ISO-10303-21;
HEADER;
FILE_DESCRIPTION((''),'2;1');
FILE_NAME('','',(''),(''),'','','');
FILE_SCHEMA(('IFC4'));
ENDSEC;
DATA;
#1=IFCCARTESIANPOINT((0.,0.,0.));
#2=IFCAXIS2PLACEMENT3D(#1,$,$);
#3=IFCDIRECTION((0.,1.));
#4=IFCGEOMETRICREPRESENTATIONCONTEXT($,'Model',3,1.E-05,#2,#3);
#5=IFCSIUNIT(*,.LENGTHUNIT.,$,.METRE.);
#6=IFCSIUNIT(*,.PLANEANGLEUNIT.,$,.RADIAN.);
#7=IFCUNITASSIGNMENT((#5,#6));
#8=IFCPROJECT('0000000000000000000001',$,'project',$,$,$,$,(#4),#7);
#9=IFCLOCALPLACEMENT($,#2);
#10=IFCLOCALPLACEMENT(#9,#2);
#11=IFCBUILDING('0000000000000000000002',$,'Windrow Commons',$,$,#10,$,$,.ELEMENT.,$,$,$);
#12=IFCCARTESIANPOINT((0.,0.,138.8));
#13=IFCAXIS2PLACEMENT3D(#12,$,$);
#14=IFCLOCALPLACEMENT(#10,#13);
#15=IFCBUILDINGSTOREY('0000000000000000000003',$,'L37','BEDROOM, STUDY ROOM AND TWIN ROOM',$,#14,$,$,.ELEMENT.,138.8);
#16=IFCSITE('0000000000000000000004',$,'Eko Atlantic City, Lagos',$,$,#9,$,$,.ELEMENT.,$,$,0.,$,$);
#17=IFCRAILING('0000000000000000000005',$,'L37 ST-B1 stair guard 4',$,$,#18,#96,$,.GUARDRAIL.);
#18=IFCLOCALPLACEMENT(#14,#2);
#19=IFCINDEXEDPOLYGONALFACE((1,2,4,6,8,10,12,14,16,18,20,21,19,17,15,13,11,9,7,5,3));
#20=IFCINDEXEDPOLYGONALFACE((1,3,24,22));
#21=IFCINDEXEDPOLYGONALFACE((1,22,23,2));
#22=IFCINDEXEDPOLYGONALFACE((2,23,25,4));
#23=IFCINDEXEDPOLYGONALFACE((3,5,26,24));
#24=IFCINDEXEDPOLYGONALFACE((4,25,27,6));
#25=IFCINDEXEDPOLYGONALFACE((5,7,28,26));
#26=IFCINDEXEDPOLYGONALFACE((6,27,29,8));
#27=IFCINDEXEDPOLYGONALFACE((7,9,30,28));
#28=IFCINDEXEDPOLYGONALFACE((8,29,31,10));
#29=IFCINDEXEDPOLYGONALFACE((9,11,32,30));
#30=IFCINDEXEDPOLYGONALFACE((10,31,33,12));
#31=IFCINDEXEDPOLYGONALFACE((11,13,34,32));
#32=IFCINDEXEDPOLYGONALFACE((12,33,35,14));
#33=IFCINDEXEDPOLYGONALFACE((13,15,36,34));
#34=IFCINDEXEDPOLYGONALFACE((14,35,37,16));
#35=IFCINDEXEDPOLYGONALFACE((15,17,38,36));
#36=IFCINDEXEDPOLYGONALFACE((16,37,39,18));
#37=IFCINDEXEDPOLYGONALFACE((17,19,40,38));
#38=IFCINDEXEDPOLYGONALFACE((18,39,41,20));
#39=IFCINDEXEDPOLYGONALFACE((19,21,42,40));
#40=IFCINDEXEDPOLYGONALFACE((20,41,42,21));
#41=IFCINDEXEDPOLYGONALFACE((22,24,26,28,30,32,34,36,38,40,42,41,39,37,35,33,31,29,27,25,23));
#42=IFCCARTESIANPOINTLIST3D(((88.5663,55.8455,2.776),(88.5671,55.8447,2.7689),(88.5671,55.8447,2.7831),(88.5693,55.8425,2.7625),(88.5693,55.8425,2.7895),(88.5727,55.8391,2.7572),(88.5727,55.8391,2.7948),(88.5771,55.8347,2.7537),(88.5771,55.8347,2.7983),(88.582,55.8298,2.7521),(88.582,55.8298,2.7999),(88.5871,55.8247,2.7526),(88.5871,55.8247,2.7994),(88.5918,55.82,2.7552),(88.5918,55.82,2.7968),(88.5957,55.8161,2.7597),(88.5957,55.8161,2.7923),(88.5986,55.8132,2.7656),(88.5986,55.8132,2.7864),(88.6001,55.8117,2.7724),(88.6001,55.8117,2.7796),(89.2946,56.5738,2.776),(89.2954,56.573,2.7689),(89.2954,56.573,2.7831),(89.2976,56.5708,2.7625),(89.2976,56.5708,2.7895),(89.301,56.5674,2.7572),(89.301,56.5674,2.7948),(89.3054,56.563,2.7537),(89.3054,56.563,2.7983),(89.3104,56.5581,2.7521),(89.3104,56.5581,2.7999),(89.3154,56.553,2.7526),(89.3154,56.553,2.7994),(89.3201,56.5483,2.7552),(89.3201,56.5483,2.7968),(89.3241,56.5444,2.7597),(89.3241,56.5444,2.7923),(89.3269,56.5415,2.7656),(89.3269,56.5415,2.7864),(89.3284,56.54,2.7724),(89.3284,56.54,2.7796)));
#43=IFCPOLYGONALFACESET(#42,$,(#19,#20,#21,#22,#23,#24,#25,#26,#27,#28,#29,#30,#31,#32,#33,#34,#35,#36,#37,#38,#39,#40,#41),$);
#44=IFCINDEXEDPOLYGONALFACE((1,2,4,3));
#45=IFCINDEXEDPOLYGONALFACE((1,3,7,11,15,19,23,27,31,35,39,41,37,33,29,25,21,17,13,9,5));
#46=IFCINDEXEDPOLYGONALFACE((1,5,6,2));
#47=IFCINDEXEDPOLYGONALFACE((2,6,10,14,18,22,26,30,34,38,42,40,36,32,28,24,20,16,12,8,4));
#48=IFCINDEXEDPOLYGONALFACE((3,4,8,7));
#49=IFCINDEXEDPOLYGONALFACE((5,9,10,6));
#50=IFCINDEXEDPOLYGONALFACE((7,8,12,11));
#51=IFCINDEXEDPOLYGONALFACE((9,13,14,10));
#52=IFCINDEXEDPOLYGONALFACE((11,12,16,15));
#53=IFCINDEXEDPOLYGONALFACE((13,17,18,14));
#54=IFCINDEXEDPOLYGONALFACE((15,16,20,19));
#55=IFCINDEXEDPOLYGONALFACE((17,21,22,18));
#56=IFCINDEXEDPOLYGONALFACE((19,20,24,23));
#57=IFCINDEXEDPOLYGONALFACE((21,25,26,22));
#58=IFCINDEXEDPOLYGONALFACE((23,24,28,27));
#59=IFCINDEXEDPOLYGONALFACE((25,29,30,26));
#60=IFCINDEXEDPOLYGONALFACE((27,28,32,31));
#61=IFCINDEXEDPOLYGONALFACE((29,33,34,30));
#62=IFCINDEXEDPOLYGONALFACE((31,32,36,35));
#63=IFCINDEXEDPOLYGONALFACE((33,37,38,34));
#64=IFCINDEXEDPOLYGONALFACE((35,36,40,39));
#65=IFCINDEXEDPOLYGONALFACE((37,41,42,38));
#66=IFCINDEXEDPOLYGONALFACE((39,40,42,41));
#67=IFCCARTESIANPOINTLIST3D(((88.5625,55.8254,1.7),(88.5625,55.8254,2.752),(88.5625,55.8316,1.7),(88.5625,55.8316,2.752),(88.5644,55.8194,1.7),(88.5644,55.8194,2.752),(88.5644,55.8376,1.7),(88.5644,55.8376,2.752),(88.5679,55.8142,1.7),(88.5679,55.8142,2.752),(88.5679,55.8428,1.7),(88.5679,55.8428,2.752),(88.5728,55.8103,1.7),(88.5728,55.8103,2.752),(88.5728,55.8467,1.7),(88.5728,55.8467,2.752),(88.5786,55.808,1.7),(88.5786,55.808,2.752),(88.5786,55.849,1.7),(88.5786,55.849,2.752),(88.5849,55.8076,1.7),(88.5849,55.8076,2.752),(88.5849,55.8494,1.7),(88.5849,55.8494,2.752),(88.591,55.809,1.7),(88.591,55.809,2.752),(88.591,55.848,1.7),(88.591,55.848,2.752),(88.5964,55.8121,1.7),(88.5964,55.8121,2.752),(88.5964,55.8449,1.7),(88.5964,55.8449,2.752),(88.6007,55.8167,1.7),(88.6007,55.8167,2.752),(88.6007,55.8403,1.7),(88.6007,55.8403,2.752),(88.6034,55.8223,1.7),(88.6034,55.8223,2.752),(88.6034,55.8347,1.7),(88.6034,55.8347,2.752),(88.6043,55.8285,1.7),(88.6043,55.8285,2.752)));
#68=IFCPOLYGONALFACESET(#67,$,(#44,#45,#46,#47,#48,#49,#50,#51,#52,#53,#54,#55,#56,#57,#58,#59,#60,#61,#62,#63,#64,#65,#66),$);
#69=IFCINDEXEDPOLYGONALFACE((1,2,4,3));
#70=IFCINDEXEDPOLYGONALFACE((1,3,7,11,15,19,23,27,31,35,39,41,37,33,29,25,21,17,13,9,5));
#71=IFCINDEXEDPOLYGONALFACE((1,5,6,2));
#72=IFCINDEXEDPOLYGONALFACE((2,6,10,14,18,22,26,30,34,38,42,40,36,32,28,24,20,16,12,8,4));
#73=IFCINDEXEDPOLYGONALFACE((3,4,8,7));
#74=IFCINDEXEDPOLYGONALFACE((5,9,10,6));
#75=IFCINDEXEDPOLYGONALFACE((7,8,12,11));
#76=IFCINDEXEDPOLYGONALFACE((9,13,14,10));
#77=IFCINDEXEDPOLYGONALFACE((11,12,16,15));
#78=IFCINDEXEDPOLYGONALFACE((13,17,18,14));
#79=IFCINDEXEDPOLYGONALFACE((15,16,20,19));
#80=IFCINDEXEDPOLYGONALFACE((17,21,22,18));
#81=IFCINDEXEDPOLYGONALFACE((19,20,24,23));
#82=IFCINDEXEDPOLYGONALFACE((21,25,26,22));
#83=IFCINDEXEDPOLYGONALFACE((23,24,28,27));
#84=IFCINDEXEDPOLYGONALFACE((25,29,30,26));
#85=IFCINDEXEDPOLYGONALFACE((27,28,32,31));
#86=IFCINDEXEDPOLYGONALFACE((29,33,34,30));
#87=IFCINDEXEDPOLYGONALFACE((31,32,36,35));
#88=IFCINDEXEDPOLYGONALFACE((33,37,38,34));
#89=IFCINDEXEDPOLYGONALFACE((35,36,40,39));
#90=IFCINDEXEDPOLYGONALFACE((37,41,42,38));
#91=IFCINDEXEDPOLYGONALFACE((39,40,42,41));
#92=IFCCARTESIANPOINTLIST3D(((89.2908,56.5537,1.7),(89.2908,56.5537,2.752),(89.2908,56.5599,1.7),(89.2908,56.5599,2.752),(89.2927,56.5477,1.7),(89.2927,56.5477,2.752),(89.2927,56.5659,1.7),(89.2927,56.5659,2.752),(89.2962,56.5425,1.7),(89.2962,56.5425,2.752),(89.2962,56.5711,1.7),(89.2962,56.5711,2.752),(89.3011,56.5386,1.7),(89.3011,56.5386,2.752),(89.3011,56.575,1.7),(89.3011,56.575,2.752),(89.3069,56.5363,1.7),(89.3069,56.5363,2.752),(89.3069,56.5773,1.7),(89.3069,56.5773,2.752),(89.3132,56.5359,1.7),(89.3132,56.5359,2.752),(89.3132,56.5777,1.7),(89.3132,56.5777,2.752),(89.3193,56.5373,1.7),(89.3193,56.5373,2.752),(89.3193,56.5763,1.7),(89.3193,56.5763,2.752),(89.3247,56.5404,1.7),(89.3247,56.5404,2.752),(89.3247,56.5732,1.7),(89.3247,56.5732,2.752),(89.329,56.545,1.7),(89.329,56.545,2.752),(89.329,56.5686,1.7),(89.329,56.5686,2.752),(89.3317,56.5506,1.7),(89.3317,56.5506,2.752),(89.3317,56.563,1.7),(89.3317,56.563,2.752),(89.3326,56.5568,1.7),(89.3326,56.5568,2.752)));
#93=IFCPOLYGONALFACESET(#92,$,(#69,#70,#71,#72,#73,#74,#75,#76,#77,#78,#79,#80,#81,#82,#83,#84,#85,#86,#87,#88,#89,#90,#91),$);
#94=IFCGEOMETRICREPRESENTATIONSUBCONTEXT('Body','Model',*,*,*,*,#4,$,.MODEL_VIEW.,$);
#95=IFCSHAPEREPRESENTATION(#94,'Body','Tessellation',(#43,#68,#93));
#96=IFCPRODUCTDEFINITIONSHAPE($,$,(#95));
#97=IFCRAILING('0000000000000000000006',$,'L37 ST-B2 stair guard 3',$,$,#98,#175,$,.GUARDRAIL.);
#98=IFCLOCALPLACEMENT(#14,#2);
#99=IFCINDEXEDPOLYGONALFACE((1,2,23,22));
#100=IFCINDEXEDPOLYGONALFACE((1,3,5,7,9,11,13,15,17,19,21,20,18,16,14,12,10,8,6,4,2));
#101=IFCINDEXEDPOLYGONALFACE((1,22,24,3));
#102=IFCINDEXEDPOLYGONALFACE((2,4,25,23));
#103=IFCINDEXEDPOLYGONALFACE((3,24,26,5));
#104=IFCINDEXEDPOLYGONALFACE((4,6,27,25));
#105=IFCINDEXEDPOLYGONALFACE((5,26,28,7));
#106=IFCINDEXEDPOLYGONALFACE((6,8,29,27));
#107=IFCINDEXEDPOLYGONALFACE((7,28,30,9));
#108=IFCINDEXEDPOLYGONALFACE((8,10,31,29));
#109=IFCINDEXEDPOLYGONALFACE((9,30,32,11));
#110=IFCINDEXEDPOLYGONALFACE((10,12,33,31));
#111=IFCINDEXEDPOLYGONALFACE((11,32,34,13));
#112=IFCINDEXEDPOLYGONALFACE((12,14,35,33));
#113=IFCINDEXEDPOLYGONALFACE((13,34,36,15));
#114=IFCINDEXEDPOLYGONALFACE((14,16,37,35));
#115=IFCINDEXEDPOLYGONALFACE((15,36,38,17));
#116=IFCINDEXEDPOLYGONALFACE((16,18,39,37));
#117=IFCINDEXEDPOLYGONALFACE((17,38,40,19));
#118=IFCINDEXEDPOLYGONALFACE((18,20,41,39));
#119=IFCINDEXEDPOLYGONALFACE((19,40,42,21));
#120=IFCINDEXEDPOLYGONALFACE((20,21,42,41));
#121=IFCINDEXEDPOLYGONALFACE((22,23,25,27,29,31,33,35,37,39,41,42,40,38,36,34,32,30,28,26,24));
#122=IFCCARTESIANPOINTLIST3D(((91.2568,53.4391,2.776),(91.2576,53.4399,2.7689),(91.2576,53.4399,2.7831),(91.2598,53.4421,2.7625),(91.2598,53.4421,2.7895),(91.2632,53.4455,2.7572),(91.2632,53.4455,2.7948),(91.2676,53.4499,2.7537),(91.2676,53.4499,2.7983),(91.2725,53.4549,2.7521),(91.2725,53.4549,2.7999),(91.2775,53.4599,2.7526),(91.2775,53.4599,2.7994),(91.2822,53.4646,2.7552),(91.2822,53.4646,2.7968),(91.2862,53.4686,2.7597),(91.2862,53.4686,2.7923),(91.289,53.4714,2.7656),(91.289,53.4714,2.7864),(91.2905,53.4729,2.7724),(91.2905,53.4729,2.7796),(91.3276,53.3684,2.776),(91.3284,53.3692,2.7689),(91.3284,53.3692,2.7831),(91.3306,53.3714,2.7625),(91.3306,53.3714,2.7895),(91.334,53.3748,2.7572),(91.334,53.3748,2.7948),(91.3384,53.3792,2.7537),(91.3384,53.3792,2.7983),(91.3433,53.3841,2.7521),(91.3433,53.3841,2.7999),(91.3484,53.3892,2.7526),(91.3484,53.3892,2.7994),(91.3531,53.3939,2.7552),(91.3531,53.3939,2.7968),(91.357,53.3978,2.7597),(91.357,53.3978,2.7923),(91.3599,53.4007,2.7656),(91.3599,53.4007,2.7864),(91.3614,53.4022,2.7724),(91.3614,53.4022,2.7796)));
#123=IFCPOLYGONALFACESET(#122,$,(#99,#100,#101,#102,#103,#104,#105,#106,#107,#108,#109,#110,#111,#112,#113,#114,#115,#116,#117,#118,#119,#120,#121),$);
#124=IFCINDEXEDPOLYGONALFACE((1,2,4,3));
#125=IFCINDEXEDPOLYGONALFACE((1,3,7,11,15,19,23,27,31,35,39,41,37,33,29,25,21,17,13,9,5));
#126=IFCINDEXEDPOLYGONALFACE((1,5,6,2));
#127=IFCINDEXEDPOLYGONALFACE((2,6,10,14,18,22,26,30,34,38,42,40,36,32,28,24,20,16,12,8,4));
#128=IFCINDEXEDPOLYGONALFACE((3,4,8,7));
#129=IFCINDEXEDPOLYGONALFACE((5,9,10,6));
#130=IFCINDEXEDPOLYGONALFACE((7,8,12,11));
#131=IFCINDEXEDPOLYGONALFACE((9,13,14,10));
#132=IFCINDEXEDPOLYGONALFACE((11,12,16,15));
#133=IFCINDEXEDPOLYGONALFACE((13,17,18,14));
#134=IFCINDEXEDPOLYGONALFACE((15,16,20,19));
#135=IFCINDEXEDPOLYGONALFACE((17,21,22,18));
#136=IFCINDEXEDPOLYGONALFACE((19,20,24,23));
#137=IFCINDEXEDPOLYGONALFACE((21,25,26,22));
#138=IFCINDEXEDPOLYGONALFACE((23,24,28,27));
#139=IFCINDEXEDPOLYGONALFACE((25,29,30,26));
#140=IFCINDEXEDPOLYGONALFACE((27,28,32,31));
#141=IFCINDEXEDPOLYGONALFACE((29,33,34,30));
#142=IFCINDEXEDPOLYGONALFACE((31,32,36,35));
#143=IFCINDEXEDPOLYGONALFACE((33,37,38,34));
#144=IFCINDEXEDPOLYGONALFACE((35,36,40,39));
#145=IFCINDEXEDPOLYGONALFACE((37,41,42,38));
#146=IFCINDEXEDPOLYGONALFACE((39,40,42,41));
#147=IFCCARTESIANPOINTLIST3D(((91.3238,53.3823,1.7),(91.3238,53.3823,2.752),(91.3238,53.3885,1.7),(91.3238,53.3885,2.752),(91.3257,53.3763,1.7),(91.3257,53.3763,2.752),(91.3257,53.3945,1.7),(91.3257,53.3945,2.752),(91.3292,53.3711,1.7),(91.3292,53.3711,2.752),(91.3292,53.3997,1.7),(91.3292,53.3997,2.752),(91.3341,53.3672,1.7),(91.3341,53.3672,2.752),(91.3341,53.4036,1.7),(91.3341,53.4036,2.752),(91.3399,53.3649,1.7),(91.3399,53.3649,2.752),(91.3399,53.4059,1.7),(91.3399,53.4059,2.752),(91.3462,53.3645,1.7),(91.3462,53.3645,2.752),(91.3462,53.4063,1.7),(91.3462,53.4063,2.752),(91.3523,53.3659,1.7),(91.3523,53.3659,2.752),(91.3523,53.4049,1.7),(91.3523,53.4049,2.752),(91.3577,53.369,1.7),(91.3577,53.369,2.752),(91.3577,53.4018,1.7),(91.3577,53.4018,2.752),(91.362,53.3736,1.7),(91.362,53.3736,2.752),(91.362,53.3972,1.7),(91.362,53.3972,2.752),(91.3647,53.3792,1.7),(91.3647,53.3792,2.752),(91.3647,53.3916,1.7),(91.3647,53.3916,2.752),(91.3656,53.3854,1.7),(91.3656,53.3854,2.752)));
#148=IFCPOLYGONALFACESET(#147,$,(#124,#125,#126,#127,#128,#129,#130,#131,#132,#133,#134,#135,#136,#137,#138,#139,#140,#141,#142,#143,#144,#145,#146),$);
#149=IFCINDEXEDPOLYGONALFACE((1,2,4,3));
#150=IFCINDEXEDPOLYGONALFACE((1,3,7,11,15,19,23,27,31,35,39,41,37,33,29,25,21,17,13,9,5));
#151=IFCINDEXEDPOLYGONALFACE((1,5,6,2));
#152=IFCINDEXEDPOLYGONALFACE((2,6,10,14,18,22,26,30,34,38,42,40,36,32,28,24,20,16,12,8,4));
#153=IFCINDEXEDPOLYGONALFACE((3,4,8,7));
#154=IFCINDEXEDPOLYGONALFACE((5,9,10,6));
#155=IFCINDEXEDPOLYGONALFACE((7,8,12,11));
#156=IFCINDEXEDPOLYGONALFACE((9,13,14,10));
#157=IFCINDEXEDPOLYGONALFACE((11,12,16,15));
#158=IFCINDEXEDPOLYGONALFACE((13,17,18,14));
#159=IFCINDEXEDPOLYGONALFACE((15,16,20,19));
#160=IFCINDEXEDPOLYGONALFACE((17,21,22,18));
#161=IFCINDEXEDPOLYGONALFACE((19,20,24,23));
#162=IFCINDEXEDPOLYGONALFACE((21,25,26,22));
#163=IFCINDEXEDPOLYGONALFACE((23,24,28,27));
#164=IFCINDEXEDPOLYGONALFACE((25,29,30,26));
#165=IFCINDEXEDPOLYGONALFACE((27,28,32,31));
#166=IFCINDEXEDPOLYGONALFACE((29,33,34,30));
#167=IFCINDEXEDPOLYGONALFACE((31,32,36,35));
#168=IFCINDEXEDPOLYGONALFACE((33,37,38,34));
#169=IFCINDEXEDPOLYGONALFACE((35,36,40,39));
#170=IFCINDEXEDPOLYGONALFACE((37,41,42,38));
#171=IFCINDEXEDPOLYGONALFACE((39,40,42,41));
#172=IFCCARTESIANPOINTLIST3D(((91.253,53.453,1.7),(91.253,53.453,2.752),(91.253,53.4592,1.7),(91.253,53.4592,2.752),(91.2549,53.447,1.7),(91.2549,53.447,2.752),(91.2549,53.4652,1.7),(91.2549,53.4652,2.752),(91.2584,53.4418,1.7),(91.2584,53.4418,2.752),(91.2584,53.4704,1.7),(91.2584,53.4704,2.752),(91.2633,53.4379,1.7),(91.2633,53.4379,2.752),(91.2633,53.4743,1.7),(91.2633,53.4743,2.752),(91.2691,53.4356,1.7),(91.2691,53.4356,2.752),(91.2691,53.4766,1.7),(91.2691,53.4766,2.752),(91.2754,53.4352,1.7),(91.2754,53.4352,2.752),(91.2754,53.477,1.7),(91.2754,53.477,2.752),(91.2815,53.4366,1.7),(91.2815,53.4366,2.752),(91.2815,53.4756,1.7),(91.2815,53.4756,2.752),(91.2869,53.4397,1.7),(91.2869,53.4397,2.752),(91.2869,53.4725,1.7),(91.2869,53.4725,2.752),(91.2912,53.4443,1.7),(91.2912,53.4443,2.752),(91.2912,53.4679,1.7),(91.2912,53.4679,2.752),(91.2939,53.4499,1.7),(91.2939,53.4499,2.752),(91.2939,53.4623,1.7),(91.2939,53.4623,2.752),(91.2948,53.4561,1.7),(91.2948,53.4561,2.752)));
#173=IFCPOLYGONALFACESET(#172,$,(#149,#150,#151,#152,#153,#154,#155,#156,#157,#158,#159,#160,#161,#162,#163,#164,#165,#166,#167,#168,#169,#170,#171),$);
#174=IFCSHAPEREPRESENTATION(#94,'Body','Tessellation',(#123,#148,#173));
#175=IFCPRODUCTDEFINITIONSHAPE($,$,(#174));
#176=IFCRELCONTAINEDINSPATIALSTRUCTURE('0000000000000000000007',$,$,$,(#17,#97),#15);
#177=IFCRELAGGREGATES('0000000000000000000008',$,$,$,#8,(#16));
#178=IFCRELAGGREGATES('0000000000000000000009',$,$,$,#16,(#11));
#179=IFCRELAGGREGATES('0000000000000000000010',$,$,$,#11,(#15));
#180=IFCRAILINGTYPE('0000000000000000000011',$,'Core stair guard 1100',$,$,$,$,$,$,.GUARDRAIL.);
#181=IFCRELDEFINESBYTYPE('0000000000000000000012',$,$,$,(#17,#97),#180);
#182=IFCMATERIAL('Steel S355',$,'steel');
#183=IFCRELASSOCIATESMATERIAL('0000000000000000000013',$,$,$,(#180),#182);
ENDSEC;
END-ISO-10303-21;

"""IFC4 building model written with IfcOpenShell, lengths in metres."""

from ifc_helpers import new_model, si_unit, direction, frame, origin, origin_2d, place, context, subcontext, project, spatial, circle, extrude, material, type_object, element, save


model = new_model("IFC4")

# Units and contexts
model_context = context("Model", 3, precision=1e-05, world=origin(), true_north=direction((0.0, 1.0)))
body_context = subcontext(model_context, "Body", "Model", "MODEL_VIEW")
ifc_project = project(units=[si_unit("LENGTHUNIT", "METRE"), si_unit("PLANEANGLEUNIT", "RADIAN")], contexts=[model_context])

# Site, building, storey
site_placement = place(None, origin())
site = spatial("IfcSite", under=ifc_project, at=site_placement, Name="Eko Atlantic City, Lagos", CompositionType="ELEMENT", RefElevation=0.0)
building_placement = place(site_placement, origin())
building = spatial("IfcBuilding", under=site, at=building_placement, Name="Windrow Commons", CompositionType="ELEMENT")
storey_placement = place(building_placement, frame((0.0, 0.0, 138.8)))
storey = spatial("IfcBuildingStorey", under=building, at=storey_placement, Name="L37", Description="BEDROOM, STUDY ROOM AND TWIN ROOM", CompositionType="ELEMENT", Elevation=138.8)

# Railings
ifc_material_1 = material(Name="Steel S355", Category="steel")
railing_type_1 = type_object("IfcRailingType", Name="Core stair guard 1100", PredefinedType="GUARDRAIL", material=ifc_material_1)
railing_1_placement = place(storey_placement, frame((88.5833, 55.8285, 1.7)))
element("IfcRailing", 1, at=railing_1_placement, inside=storey, type_object=railing_type_1, Name="L37 ST-B1 stair guard 4", PredefinedType="GUARDRAIL", context=body_context, shape_type="SweptSolid", body=[
    extrude(circle(Radius=0.024, at=origin_2d()), frame((0.0, 0.0, 1.076), z_axis=(0.707107, 0.707107, 0.0), x_axis=(-0.707107, 0.707107, 0.0)), (0.0, 0.0, 1.0), 1.03),
    extrude(circle(Radius=0.021, at=origin_2d()), origin(), (0.0, 0.0, 1.0), 1.052),
    extrude(circle(Radius=0.021, at=origin_2d()), frame((0.7283, 0.7283, 0.0)), (0.0, 0.0, 1.0), 1.052),
])
railing_2_placement = place(storey_placement, frame((91.3446, 53.3854, 1.7)))
element("IfcRailing", 2, at=railing_2_placement, inside=storey, type_object=railing_type_1, Name="L37 ST-B2 stair guard 3", PredefinedType="GUARDRAIL", context=body_context, shape_type="SweptSolid", body=[
    extrude(circle(Radius=0.024, at=origin_2d()), frame((0.0, 0.0, 1.076), z_axis=(-0.707606, 0.706607, 0.0), x_axis=(-0.706607, -0.707606, 0.0)), (0.0, 0.0, 1.0), 0.1001),
    extrude(circle(Radius=0.021, at=origin_2d()), origin(), (0.0, 0.0, 1.0), 1.052),
    extrude(circle(Radius=0.021, at=origin_2d()), frame((-0.0708, 0.0707, 0.0)), (0.0, 0.0, 1.0), 1.052),
])

save(model, "model.ifc")
